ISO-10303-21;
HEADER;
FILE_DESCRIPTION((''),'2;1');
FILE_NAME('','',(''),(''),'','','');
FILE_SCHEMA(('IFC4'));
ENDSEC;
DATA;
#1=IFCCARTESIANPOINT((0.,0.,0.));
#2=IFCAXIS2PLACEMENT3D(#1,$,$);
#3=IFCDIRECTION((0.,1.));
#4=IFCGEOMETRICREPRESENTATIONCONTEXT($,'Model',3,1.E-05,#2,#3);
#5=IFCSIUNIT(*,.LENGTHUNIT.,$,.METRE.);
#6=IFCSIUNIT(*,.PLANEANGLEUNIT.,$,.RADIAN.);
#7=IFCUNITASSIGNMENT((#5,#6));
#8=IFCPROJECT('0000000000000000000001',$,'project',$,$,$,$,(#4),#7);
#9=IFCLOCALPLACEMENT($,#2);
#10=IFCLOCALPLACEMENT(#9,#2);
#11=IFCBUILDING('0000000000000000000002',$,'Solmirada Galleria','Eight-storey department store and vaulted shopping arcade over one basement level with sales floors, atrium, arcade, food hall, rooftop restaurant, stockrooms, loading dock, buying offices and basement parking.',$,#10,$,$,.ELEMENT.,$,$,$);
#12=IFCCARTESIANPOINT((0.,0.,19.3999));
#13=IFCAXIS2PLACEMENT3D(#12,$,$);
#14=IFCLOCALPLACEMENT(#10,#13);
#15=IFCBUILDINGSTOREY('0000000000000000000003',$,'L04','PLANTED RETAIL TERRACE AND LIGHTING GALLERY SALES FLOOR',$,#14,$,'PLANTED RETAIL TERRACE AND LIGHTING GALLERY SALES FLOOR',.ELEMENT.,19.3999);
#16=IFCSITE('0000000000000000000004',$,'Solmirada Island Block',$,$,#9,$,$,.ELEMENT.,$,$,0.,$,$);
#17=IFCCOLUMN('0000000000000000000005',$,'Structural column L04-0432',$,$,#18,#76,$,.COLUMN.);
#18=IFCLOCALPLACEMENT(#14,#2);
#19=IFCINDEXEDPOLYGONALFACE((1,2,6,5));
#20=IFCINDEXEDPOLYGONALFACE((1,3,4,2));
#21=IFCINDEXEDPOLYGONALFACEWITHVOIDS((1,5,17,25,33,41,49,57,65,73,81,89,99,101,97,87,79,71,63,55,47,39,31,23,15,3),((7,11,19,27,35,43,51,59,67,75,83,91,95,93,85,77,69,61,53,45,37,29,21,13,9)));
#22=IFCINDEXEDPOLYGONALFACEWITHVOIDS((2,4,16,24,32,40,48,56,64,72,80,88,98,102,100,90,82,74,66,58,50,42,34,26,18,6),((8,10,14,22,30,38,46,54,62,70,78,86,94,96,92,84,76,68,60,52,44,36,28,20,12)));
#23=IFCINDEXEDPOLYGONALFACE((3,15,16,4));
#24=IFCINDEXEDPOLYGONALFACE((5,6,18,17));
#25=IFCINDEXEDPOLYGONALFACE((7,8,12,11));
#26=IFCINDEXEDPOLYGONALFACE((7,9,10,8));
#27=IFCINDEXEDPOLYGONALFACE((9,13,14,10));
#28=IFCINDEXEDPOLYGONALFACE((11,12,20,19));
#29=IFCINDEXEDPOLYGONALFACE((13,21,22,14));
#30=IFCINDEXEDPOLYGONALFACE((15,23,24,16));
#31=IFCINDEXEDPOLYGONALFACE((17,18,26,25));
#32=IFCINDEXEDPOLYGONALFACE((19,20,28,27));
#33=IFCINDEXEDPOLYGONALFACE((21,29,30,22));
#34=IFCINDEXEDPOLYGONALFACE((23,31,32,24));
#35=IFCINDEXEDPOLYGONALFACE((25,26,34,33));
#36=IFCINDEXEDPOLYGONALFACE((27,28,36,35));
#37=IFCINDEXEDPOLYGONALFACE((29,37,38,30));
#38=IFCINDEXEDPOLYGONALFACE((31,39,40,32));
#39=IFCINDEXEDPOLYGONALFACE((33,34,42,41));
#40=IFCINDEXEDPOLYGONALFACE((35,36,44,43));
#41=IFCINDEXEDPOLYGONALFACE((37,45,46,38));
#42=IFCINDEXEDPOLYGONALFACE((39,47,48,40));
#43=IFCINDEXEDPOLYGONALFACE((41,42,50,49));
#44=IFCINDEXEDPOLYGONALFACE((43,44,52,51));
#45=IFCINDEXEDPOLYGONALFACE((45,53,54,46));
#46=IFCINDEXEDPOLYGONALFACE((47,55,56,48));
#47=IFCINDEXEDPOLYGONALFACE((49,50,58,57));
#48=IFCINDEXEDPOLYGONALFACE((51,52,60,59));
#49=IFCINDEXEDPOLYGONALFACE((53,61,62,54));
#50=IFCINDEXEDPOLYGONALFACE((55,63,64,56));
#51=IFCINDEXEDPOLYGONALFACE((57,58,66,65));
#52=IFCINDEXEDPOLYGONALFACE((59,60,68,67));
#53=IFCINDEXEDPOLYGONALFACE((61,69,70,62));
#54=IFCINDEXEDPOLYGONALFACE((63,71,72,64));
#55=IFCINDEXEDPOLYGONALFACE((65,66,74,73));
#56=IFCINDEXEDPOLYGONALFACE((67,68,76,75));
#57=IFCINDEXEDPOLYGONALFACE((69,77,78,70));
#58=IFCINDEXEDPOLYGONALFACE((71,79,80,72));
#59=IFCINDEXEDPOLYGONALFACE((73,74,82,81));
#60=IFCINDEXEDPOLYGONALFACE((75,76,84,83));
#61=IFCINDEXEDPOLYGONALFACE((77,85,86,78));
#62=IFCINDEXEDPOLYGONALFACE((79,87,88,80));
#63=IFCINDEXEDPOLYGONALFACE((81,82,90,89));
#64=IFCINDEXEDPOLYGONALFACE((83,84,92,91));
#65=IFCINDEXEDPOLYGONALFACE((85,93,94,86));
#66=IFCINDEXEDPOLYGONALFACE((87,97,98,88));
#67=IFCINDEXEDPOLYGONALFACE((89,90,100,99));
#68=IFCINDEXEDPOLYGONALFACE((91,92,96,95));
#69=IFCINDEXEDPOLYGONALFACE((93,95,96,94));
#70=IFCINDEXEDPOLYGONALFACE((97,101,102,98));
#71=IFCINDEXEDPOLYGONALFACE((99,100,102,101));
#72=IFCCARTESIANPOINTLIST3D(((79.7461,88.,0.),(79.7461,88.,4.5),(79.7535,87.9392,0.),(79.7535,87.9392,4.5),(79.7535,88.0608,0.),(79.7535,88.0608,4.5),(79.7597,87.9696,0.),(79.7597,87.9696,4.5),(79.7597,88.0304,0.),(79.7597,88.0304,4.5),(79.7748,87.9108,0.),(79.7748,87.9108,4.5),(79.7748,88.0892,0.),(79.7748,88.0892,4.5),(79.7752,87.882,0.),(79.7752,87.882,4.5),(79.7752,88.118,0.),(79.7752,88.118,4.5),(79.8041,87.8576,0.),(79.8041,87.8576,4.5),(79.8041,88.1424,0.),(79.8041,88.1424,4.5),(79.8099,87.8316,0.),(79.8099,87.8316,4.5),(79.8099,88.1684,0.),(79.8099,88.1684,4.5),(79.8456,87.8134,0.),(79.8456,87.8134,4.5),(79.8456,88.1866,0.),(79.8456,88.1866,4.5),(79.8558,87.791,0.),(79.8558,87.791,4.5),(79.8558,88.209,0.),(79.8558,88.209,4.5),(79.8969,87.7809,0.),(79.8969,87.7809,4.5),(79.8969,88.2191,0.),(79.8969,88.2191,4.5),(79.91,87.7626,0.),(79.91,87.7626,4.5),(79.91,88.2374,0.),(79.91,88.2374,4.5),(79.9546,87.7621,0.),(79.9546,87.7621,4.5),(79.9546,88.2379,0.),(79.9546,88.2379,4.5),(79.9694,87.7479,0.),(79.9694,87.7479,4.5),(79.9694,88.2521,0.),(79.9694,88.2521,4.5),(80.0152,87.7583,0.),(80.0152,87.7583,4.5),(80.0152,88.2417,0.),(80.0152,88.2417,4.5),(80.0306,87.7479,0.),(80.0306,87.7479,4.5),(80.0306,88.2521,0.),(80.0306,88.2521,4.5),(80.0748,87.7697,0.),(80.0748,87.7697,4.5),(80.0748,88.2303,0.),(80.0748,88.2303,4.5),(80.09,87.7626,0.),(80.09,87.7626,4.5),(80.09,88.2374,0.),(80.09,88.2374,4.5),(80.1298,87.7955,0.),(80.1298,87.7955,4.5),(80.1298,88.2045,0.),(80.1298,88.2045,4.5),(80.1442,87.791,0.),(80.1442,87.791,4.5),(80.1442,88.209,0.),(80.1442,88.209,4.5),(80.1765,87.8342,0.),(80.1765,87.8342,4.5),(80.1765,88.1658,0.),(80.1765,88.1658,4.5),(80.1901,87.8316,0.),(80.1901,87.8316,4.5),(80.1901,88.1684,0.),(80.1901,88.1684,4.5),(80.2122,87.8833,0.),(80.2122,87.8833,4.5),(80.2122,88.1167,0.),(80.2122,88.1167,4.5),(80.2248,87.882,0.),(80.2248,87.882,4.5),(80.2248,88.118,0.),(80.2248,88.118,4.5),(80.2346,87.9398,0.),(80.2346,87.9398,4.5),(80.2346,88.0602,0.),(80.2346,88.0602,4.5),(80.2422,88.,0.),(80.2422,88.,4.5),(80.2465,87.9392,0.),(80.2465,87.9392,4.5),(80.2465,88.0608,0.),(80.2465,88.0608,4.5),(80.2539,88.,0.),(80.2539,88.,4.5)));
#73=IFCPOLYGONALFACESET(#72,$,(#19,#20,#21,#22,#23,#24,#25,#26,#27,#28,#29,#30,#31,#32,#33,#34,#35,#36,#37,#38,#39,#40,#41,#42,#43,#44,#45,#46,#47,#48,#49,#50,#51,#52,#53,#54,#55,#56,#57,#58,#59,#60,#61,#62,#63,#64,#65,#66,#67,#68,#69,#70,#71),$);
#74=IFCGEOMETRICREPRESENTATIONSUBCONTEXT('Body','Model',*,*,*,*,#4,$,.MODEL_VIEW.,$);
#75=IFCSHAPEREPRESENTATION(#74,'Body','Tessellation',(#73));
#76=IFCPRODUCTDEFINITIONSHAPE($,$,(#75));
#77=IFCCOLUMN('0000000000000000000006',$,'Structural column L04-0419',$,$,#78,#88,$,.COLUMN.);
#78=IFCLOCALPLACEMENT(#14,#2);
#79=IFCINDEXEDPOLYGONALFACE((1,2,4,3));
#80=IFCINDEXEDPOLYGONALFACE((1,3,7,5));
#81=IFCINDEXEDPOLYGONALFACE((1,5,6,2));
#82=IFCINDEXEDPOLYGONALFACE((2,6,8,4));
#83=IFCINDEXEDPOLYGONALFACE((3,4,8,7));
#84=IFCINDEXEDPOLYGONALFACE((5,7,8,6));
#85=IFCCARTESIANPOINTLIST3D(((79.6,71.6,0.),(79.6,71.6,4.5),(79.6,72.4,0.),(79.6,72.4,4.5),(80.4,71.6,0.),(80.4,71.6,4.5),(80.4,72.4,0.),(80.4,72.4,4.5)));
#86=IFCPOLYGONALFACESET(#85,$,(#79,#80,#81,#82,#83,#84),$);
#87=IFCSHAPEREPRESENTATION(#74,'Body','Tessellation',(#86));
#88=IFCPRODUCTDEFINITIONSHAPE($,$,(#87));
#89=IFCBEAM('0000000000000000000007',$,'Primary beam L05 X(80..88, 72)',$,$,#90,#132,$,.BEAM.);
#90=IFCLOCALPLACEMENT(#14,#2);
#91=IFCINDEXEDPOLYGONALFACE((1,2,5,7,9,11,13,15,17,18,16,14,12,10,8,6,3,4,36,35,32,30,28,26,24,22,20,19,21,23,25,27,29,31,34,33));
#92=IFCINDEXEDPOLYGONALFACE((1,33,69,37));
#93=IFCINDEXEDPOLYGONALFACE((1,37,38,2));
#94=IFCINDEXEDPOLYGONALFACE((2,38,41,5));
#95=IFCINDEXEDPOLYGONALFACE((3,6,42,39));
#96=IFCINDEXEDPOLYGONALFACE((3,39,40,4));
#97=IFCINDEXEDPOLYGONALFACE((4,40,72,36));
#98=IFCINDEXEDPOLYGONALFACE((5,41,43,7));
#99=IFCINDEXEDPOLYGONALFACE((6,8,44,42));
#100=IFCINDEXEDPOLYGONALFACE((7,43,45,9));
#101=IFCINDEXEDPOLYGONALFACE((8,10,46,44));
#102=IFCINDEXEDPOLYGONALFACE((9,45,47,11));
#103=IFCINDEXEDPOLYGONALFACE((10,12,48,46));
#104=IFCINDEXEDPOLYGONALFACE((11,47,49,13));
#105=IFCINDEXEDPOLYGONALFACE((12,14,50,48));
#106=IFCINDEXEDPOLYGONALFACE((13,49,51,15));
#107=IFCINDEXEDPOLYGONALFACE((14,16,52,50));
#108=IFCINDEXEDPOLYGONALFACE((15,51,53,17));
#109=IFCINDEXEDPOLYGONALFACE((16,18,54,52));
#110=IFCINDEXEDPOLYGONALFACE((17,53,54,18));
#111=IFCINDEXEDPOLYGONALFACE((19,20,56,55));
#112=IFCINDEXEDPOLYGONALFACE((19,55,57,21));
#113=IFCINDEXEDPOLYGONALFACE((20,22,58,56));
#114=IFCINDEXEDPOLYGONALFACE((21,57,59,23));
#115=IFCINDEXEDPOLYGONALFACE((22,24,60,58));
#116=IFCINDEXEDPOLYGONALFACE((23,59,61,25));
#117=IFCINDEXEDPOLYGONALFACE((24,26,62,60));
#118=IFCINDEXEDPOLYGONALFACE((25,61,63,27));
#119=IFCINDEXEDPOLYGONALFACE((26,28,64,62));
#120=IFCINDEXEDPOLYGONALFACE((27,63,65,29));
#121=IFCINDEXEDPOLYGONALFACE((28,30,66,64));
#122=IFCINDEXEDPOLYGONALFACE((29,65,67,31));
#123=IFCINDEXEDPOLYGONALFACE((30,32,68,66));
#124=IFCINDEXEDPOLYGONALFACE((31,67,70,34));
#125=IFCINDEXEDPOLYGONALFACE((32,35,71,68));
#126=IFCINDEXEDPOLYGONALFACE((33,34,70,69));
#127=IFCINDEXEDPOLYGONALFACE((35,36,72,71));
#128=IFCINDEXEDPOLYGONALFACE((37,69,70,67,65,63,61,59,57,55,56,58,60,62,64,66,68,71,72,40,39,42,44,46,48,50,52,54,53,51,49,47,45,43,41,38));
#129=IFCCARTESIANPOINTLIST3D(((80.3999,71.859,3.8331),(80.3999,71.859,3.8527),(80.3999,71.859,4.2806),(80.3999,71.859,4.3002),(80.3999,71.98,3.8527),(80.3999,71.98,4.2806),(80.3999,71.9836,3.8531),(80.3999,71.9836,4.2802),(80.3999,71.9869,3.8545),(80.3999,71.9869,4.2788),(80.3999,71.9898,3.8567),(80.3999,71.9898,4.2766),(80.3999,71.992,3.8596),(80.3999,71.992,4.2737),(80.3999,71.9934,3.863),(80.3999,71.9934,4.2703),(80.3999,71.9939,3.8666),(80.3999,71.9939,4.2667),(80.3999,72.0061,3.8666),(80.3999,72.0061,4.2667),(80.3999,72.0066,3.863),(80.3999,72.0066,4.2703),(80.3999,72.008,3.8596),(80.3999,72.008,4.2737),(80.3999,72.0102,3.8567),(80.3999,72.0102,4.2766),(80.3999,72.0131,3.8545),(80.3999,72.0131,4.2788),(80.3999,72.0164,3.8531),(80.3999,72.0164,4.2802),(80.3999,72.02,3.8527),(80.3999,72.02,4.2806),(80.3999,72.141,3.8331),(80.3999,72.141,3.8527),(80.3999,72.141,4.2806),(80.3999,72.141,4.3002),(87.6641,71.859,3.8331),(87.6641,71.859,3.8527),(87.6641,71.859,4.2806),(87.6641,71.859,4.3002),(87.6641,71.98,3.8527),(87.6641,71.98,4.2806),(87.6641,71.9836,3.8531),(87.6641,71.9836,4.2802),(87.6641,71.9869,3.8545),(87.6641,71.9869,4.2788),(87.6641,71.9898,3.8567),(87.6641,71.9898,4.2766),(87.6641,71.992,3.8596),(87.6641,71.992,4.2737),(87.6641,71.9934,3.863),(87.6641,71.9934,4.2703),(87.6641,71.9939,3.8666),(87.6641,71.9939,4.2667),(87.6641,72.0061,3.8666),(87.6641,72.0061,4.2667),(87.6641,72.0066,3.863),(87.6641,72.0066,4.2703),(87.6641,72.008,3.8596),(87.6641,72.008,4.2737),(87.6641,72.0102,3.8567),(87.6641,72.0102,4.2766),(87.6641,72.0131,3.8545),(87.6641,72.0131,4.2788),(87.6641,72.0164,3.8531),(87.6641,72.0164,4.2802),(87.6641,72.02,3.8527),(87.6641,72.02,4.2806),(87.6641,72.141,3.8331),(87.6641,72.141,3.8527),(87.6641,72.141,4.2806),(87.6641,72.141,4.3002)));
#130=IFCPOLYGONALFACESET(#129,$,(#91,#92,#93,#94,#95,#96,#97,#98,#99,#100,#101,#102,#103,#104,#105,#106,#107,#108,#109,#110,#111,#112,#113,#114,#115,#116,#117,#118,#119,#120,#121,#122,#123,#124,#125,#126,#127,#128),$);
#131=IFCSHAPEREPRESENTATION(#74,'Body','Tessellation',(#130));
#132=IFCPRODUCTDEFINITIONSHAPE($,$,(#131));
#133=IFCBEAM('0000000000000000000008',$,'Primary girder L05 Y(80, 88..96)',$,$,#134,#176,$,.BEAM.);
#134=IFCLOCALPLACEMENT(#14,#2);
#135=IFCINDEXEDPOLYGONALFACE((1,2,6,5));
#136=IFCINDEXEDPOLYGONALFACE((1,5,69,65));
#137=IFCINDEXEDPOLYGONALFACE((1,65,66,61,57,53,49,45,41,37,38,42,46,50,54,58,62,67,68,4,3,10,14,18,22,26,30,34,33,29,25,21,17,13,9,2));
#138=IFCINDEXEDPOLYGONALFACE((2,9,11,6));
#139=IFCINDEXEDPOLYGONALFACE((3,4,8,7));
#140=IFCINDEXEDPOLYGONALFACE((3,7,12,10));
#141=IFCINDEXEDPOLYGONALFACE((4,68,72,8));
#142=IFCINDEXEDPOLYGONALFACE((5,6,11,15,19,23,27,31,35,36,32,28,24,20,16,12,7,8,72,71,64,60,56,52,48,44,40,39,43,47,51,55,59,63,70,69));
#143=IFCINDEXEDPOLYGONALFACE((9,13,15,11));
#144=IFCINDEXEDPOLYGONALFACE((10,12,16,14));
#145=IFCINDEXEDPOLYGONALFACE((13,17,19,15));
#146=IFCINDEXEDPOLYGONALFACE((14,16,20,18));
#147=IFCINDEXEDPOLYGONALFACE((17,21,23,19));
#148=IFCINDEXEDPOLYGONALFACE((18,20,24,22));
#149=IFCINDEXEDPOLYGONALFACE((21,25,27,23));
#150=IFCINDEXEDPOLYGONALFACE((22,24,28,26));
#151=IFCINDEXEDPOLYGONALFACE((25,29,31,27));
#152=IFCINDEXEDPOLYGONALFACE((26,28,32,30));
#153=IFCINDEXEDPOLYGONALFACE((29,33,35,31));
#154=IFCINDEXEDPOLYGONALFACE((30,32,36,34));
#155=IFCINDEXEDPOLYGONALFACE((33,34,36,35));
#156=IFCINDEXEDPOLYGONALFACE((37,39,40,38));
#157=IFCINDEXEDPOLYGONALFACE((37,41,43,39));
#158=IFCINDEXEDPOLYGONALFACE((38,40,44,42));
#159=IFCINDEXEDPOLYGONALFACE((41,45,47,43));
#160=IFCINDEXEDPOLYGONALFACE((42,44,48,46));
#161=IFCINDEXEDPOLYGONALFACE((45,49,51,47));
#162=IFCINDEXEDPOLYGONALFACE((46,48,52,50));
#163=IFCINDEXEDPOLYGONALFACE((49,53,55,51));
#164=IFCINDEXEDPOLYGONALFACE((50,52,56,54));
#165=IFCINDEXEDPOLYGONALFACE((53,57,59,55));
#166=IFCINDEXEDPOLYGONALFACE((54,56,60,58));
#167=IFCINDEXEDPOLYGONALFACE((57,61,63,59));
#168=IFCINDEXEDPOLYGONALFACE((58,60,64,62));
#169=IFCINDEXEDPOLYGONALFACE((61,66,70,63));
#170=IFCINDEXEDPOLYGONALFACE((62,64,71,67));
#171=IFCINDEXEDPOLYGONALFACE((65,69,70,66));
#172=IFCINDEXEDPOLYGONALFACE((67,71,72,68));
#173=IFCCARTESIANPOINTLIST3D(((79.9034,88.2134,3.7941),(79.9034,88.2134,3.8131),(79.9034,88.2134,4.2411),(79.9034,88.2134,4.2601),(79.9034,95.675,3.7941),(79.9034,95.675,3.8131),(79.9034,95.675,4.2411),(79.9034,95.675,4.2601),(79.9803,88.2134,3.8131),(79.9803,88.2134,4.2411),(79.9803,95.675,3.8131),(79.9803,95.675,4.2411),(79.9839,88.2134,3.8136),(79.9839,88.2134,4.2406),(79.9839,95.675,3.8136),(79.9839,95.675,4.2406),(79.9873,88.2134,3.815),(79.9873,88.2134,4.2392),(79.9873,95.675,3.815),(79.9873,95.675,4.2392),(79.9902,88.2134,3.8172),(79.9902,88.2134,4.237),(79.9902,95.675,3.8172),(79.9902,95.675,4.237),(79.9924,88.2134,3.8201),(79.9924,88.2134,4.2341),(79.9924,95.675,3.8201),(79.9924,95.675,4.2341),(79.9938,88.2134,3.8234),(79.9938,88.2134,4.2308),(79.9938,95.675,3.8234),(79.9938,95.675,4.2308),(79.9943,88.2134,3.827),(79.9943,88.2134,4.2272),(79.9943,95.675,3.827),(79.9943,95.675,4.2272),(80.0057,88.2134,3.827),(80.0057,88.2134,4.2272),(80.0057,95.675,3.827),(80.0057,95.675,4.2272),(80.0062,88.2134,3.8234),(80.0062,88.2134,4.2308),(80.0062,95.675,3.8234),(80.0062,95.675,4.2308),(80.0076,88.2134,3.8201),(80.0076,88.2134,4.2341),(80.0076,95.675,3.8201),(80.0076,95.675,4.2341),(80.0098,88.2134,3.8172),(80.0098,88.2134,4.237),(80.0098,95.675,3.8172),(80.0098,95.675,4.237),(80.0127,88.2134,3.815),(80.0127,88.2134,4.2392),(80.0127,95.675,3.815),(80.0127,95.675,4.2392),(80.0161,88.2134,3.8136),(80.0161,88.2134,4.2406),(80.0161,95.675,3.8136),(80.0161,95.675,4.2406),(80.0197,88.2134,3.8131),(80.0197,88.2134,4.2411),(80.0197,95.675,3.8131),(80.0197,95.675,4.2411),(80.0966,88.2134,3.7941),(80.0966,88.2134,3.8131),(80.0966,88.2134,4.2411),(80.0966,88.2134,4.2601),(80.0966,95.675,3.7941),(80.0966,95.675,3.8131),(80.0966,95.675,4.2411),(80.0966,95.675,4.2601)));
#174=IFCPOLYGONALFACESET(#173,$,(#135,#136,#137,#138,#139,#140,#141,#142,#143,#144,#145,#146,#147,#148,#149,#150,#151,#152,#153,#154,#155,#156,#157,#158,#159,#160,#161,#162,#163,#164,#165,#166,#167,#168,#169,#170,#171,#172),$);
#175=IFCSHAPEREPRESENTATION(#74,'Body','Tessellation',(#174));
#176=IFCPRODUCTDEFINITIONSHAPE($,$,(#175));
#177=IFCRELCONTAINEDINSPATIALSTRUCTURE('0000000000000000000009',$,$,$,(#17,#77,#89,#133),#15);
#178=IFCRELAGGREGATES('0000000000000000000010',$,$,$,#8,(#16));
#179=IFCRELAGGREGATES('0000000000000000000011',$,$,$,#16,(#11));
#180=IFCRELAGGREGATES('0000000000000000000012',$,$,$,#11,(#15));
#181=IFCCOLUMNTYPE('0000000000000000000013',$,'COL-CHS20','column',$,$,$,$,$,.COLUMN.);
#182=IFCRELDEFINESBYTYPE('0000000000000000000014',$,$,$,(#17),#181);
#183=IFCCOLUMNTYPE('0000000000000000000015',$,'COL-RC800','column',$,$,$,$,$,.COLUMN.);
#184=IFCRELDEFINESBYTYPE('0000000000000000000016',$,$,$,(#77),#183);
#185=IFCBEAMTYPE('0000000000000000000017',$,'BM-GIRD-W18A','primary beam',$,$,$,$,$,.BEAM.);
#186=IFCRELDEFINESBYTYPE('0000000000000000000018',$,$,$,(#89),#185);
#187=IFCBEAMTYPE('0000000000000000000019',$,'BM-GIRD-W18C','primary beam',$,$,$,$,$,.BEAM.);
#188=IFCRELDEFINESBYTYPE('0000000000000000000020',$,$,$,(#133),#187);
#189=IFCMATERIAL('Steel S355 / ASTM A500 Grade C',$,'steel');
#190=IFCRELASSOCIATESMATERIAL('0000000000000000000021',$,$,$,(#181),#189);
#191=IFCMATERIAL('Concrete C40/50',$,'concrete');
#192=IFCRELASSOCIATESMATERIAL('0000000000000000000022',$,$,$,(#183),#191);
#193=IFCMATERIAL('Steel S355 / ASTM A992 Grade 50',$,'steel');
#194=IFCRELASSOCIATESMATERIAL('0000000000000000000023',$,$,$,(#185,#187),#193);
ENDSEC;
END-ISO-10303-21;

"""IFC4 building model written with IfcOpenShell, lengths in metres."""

from ifc_helpers import new_model, si_unit, direction, frame, origin, origin_2d, place, context, subcontext, project, spatial, rectangle, hollow_circle, i_section, extrude, material, material_profile, profile_set, type_object, element, save


model = new_model("IFC4")

# Units and contexts
model_context = context("Model", 3, precision=1e-05, world=origin(), true_north=direction((0.0, 1.0)))
body_context = subcontext(model_context, "Body", "Model", "MODEL_VIEW")
ifc_project = project(units=[si_unit("LENGTHUNIT", "METRE"), si_unit("PLANEANGLEUNIT", "RADIAN")], contexts=[model_context])

# Site, building, storey
site_placement = place(None, origin())
site = spatial("IfcSite", under=ifc_project, at=site_placement, Name="Solmirada Island Block", CompositionType="ELEMENT", RefElevation=0.0)
building_placement = place(site_placement, origin())
building = spatial("IfcBuilding", under=site, at=building_placement, Name="Solmirada Galleria", Description="Eight-storey department store and vaulted shopping arcade over one basement level with sales floors, atrium, arcade, food hall, rooftop restaurant, stockrooms, loading dock, buying offices and basement parking.", CompositionType="ELEMENT")
storey_placement = place(building_placement, frame((0.0, 0.0, 19.3999)))
storey = spatial("IfcBuildingStorey", under=building, at=storey_placement, Name="L04", Description="PLANTED RETAIL TERRACE AND LIGHTING GALLERY SALES FLOOR", LongName="PLANTED RETAIL TERRACE AND LIGHTING GALLERY SALES FLOOR", CompositionType="ELEMENT", Elevation=19.3999)

# Columns
ifc_material_1 = material(Name="Steel S355 / ASTM A500 Grade C", Category="steel")
ifc_material_profile_1 = material_profile(ifc_material_1, hollow_circle(Radius=0.2539, WallThickness=0.0117, at=origin_2d()), Name="HSS20.000X0.500")
ifc_profile_set_1 = profile_set([ifc_material_profile_1], Name="Steel S355 / ASTM A500 Grade C")
column_type_1 = type_object("IfcColumnType", Name="COL-CHS20", Description="column", PredefinedType="COLUMN", material=ifc_profile_set_1)
column_1_placement = place(storey_placement, frame((80.0, 88.0, 0.0), z_axis=(0.0, 0.0, 1.0), x_axis=(1.0, 0.0, 0.0)))
element("IfcColumn", 1, at=column_1_placement, inside=storey, type_object=column_type_1, Name="Structural column L04-0432", PredefinedType="COLUMN", context=body_context, shape_type="SweptSolid", body=[
    extrude(hollow_circle(Radius=0.2539, WallThickness=0.0117, at=origin_2d()), origin(), (0.0, 0.0, 1.0), 4.5),
])
ifc_material_2 = material(Name="Concrete C40/50", Category="concrete")
ifc_material_profile_2 = material_profile(ifc_material_2, rectangle(XDim=0.8, YDim=0.8, at=origin_2d()), Name="RC800X800")
ifc_profile_set_2 = profile_set([ifc_material_profile_2], Name="Concrete C40/50")
column_type_2 = type_object("IfcColumnType", Name="COL-RC800", Description="column", PredefinedType="COLUMN", material=ifc_profile_set_2)
column_2_placement = place(storey_placement, frame((80.0, 72.0, 0.0), z_axis=(0.0, 0.0, 1.0), x_axis=(1.0, 0.0, 0.0)))
element("IfcColumn", 2, at=column_2_placement, inside=storey, type_object=column_type_2, Name="Structural column L04-0419", PredefinedType="COLUMN", context=body_context, shape_type="SweptSolid", body=[
    extrude(rectangle(XDim=0.8, YDim=0.8, at=origin_2d()), origin(), (0.0, 0.0, 1.0), 4.5),
])

# Beams
ifc_material_3 = material(Name="Steel S355 / ASTM A992 Grade 50", Category="steel")
ifc_material_profile_3 = material_profile(ifc_material_3, i_section(OverallWidth=0.282, OverallDepth=0.467, WebThickness=0.0122, FlangeThickness=0.0195, FilletRadius=0.0139, at=origin_2d()), Name="W18X86")
ifc_profile_set_3 = profile_set([ifc_material_profile_3], Name="Steel S355 / ASTM A992 Grade 50")
beam_type_1 = type_object("IfcBeamType", Name="BM-GIRD-W18A", Description="primary beam", PredefinedType="BEAM", material=ifc_profile_set_3)
beam_1_placement = place(storey_placement, frame((80.3999, 72.0, 4.0667), z_axis=(1.0, 0.0, 0.0), x_axis=(0.0, 1.0, 0.0)))
element("IfcBeam", 3, at=beam_1_placement, inside=storey, type_object=beam_type_1, Name="Primary beam L05 X(80..88, 72)", PredefinedType="BEAM", context=body_context, shape_type="SweptSolid", body=[
    extrude(i_section(OverallWidth=0.282, OverallDepth=0.467, WebThickness=0.0122, FlangeThickness=0.0195, FilletRadius=0.0139, at=origin_2d()), origin(), (0.0, 0.0, 1.0), 7.2642),
])
ifc_material_profile_4 = material_profile(ifc_material_3, i_section(OverallWidth=0.1931, OverallDepth=0.4661, WebThickness=0.0115, FlangeThickness=0.019, FilletRadius=0.0139, at=origin_2d()), Name="W18X65")
ifc_profile_set_4 = profile_set([ifc_material_profile_4], Name="Steel S355 / ASTM A992 Grade 50")
beam_type_2 = type_object("IfcBeamType", Name="BM-GIRD-W18C", Description="primary beam", PredefinedType="BEAM", material=ifc_profile_set_4)
beam_2_placement = place(storey_placement, frame((80.0, 88.2134, 4.0271), z_axis=(0.0, 1.0, 0.0), x_axis=(-1.0, 0.0, 0.0)))
element("IfcBeam", 4, at=beam_2_placement, inside=storey, type_object=beam_type_2, Name="Primary girder L05 Y(80, 88..96)", PredefinedType="BEAM", context=body_context, shape_type="SweptSolid", body=[
    extrude(i_section(OverallWidth=0.1931, OverallDepth=0.4661, WebThickness=0.0115, FlangeThickness=0.019, FilletRadius=0.0139, at=origin_2d()), origin(), (0.0, 0.0, 1.0), 7.4617),
])

save(model, "model.ifc")
